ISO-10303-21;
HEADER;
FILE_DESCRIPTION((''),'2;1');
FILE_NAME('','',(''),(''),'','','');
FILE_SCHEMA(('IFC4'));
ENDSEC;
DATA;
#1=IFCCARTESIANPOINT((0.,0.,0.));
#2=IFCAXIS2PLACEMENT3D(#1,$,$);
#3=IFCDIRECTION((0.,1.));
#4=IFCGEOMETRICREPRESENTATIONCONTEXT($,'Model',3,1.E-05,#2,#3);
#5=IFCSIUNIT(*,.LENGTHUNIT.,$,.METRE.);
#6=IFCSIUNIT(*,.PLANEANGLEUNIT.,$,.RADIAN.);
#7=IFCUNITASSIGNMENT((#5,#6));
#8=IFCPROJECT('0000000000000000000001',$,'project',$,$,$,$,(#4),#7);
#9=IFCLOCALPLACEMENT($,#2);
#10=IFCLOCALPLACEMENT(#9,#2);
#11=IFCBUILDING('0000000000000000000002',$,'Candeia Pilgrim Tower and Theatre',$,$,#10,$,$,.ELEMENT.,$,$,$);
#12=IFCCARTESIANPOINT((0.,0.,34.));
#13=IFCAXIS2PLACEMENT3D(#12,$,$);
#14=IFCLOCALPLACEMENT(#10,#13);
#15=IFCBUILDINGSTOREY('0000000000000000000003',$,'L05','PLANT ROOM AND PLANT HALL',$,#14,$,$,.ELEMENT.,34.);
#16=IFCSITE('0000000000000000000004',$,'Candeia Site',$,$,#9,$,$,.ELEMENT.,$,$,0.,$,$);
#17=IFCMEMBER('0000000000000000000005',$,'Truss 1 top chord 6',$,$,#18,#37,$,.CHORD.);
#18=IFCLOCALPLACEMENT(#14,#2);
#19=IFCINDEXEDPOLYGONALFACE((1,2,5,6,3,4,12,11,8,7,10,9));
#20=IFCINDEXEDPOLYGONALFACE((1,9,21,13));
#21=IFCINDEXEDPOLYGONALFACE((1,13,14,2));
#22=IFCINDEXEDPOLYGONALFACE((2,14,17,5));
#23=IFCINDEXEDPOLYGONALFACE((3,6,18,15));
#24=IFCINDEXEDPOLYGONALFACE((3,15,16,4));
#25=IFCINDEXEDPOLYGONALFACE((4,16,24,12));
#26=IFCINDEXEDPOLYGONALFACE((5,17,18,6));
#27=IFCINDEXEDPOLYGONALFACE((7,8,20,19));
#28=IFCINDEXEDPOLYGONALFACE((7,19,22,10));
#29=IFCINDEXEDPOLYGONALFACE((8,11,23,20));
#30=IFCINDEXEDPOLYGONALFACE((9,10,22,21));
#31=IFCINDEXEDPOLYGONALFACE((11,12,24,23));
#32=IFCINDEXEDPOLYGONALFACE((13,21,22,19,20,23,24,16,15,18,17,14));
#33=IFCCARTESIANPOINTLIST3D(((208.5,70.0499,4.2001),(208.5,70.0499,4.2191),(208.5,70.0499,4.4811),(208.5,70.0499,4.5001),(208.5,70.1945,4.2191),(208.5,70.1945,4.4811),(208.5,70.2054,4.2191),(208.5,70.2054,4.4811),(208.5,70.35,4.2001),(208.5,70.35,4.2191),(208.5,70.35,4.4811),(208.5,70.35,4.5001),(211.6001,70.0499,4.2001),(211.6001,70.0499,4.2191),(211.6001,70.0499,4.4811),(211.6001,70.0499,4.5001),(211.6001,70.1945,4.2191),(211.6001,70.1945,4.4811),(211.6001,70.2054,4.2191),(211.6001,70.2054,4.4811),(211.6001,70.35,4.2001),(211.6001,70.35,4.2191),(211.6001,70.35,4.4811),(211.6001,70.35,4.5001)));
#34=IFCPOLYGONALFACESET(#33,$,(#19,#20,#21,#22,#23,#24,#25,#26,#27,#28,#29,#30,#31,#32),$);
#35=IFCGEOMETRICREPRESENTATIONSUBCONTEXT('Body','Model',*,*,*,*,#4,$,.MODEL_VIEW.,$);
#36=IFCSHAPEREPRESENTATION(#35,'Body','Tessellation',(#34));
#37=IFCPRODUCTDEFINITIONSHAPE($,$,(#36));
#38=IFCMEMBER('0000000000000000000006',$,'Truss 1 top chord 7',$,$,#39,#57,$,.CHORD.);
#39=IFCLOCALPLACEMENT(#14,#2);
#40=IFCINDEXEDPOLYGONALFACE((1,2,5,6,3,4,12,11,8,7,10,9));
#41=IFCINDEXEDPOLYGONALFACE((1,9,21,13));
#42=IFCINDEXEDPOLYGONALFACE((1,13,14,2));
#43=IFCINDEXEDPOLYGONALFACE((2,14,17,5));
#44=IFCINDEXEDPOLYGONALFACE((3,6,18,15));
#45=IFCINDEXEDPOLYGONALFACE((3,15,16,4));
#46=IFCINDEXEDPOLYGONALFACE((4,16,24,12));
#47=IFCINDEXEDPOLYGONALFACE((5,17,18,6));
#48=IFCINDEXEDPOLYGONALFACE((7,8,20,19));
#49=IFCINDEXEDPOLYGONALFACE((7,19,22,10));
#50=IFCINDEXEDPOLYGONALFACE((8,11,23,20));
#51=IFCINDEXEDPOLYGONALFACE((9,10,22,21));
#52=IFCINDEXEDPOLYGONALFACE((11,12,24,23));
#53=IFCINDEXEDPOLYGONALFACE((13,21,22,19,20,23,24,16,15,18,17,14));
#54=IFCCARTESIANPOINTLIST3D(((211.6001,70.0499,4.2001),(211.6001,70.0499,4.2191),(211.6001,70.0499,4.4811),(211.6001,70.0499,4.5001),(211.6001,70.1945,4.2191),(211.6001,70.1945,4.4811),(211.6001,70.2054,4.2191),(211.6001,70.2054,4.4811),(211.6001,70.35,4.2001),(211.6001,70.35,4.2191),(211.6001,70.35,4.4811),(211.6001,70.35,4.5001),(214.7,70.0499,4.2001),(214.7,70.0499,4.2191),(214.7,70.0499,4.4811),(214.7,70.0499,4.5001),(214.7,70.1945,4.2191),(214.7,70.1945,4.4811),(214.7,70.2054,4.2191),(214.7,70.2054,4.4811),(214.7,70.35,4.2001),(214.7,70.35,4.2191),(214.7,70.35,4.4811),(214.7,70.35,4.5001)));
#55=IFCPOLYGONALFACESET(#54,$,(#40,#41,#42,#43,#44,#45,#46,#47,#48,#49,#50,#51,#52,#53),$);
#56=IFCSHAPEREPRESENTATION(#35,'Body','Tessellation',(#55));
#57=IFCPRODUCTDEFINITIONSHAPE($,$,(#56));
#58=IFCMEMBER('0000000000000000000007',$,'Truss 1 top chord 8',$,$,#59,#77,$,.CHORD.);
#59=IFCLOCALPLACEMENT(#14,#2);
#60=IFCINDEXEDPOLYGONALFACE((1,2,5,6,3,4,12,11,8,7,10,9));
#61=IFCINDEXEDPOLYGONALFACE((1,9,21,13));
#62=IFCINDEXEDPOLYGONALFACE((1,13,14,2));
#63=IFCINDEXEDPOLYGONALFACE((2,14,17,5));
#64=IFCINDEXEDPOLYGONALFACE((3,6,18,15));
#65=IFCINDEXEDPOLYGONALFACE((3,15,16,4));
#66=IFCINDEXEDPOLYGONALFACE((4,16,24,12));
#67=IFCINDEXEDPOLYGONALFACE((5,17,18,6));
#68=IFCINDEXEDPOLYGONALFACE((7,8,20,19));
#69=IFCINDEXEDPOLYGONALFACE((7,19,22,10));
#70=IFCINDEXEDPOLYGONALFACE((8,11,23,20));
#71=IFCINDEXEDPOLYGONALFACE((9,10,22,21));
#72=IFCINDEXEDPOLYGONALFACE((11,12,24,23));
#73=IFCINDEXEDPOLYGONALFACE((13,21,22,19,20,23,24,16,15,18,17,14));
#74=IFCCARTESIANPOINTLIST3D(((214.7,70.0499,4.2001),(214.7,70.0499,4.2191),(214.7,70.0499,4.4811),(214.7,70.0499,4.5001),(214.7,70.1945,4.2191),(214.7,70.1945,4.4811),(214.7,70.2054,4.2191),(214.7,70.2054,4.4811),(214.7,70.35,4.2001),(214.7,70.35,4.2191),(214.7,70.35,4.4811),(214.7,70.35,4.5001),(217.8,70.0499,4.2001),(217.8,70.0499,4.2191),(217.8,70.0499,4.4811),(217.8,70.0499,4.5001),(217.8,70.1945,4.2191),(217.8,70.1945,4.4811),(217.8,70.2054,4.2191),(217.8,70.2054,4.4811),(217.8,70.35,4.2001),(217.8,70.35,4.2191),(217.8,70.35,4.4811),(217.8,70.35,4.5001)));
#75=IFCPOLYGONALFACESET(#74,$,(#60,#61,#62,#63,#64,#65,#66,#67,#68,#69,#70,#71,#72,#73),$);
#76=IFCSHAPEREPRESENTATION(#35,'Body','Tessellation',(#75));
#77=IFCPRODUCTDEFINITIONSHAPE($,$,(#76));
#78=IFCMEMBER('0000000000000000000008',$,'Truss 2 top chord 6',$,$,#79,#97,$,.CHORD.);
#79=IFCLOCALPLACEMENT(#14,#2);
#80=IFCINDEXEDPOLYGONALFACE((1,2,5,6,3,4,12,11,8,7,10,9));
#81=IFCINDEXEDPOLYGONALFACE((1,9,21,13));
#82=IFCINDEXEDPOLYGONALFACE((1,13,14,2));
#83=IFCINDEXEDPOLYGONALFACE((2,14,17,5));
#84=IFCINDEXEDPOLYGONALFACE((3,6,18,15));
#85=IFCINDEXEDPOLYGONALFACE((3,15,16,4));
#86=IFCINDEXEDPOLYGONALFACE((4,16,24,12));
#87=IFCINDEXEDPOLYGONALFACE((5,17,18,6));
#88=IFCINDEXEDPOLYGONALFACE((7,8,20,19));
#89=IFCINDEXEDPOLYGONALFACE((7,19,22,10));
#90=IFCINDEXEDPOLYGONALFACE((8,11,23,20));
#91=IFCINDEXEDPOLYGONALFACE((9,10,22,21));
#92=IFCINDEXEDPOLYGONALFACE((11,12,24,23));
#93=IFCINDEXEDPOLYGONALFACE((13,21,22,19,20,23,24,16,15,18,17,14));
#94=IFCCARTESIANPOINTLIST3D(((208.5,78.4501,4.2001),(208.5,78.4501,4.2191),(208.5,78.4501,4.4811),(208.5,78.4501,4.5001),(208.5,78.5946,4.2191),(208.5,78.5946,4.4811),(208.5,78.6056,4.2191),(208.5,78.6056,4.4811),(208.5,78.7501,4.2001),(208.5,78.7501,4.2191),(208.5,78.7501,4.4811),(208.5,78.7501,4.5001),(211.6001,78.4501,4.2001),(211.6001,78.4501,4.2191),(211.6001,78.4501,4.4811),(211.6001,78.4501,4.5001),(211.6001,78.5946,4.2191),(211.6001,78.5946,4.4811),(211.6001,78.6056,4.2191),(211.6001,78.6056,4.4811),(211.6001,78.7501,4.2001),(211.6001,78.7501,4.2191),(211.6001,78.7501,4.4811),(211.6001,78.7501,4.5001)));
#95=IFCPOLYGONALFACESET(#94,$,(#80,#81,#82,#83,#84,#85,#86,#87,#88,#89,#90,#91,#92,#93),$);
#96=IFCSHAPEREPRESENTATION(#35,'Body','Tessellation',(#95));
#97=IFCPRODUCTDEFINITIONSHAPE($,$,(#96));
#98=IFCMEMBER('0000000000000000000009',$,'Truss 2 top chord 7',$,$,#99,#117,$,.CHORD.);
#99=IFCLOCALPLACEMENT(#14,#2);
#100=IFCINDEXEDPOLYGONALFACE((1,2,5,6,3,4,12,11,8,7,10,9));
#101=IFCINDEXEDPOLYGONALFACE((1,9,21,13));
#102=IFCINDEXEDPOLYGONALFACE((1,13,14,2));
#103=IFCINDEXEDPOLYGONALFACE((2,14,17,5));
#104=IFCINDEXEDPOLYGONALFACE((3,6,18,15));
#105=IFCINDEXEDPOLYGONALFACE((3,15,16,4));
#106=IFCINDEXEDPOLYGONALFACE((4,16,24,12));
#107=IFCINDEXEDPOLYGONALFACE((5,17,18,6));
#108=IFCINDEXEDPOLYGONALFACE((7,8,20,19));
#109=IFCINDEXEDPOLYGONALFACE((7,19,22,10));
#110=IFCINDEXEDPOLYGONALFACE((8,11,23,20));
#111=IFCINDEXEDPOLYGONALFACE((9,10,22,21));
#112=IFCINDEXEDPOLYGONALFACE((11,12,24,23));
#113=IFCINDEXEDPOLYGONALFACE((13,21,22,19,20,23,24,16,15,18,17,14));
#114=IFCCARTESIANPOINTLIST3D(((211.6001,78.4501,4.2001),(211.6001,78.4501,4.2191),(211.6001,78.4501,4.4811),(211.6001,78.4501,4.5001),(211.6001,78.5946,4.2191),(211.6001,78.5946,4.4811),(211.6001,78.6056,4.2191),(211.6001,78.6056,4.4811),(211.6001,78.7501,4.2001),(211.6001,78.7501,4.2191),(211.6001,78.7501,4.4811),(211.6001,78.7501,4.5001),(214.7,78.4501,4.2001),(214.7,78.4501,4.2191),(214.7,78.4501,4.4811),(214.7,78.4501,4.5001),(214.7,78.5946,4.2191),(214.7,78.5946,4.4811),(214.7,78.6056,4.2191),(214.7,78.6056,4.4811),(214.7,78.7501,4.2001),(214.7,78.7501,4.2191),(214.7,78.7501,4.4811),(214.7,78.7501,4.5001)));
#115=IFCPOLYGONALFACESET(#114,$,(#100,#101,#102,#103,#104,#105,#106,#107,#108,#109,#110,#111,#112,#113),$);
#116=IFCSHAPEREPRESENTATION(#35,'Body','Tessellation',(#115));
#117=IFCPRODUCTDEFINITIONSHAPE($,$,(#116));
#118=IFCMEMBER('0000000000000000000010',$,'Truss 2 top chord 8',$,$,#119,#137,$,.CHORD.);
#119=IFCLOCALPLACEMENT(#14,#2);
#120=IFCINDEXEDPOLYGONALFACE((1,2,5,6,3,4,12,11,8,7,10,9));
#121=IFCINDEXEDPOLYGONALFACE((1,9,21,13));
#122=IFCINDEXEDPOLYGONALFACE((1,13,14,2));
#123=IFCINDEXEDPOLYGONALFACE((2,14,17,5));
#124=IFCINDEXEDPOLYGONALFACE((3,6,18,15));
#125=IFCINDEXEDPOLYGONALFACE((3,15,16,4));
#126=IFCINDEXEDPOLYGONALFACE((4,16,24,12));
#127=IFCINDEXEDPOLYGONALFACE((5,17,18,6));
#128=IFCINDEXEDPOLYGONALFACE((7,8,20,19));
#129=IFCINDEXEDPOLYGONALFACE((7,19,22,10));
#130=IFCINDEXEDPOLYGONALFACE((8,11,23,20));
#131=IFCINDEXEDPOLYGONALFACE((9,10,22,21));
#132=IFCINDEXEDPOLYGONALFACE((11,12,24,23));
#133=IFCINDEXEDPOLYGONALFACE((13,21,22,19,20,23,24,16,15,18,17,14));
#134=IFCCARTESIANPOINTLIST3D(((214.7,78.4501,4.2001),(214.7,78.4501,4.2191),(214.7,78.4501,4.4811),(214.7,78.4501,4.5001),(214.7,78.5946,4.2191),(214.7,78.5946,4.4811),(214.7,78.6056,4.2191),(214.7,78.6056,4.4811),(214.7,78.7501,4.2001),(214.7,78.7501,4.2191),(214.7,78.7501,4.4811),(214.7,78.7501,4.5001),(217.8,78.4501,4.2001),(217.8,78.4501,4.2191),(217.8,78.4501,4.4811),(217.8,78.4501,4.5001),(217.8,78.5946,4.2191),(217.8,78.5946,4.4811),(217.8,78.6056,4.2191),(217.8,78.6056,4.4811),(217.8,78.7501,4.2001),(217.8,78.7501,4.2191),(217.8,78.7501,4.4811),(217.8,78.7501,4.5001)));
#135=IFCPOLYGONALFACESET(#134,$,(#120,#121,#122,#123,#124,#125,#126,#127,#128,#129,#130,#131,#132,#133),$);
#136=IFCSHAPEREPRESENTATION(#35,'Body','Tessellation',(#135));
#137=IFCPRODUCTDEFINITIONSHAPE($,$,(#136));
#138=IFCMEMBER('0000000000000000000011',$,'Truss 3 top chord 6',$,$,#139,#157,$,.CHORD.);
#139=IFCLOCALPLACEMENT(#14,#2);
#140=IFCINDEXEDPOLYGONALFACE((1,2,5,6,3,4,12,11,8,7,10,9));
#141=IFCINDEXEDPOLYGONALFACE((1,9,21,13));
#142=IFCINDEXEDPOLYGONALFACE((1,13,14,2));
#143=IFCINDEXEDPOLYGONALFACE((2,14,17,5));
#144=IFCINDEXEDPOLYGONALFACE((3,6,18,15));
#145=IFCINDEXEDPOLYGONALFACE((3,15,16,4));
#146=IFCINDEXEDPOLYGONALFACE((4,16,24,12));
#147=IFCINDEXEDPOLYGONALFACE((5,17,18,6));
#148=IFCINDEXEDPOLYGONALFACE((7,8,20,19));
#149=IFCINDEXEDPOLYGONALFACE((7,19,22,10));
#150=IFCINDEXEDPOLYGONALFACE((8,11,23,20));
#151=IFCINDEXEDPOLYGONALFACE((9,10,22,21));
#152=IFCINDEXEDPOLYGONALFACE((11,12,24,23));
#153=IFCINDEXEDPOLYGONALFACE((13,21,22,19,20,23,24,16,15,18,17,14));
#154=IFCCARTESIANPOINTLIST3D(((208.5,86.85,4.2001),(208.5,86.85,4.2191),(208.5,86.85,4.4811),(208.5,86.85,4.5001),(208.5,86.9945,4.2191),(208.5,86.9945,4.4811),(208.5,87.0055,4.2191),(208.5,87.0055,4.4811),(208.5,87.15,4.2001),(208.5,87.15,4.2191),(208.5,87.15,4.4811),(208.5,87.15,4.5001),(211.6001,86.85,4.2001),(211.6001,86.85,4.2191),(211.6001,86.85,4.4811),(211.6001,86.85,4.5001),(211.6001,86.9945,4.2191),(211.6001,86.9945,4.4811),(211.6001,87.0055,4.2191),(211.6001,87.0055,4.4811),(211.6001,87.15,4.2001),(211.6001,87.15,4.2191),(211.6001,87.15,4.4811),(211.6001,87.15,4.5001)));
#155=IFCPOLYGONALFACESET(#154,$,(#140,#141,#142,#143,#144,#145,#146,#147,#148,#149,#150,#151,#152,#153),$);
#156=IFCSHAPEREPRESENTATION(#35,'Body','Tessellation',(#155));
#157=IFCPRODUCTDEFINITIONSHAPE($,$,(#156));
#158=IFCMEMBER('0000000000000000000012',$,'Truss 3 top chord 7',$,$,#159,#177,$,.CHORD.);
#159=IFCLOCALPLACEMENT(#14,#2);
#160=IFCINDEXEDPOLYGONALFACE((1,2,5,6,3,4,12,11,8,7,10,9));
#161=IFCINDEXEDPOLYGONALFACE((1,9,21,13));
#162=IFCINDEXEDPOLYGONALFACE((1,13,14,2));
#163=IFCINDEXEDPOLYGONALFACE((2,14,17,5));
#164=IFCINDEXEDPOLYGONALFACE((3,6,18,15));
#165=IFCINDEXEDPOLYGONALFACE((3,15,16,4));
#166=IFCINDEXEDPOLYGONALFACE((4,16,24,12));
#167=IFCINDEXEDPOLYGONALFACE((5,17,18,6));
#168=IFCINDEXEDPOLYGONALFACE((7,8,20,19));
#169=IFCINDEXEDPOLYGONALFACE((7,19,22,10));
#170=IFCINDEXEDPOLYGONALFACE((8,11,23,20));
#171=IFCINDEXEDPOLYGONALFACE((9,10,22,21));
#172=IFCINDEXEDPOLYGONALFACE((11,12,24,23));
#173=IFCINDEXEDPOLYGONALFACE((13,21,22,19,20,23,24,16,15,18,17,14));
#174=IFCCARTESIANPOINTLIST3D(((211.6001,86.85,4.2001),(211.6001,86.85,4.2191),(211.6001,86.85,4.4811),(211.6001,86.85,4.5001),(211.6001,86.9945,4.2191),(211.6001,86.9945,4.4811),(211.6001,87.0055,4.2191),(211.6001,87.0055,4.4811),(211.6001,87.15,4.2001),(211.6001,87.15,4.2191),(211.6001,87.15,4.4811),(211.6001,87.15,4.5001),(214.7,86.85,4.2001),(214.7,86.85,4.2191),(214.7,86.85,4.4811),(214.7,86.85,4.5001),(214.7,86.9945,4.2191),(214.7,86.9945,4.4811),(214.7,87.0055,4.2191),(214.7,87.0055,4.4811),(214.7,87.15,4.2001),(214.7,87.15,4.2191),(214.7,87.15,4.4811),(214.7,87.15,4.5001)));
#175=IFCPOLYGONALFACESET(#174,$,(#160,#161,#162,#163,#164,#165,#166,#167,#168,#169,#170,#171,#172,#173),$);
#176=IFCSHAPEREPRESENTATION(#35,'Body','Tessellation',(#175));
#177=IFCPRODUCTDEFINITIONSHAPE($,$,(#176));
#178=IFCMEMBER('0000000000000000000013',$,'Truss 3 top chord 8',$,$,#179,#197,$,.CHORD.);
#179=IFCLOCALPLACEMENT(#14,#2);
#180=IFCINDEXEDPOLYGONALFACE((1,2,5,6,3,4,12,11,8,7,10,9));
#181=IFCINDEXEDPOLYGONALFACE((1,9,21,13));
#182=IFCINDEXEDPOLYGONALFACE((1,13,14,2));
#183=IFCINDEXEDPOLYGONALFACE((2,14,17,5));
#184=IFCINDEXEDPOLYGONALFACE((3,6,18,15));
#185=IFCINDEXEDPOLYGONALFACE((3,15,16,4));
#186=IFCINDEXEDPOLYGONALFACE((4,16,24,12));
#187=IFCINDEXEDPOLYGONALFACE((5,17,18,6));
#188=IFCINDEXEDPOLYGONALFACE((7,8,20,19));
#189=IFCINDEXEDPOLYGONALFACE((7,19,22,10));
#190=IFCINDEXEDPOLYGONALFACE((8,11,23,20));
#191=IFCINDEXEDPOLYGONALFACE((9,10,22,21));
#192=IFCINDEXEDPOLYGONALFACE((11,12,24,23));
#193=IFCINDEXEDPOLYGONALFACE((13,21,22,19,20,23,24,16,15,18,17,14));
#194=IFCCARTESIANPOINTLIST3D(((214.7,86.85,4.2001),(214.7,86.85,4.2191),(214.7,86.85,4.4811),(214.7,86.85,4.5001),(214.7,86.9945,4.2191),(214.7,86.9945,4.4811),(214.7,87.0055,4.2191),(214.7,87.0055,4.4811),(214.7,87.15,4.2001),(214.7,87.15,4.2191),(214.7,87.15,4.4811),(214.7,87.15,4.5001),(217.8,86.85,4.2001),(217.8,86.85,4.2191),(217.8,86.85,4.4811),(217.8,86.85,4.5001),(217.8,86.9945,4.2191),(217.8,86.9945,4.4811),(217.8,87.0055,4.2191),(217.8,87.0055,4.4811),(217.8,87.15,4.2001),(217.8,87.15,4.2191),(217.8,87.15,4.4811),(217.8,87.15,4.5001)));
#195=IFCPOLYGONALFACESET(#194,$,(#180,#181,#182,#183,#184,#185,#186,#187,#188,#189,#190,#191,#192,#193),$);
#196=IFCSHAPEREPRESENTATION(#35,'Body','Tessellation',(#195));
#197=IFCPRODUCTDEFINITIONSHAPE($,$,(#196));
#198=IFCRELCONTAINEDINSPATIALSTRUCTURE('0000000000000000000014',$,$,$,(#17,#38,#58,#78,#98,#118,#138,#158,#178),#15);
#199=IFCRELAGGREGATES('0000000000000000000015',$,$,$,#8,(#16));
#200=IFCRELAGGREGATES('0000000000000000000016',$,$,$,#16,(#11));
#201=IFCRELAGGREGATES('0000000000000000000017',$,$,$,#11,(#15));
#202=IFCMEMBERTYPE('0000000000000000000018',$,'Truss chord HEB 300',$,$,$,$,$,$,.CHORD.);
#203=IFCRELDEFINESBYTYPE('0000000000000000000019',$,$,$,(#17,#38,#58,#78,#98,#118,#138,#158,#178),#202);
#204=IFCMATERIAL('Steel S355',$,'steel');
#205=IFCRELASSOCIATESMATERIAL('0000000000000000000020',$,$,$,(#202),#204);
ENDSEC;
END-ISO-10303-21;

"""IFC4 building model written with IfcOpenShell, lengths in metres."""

from ifc_helpers import new_model, si_unit, direction, frame, origin, origin_2d, place, context, subcontext, project, spatial, i_section, extrude, material, material_profile, profile_set, type_object, element, save


model = new_model("IFC4")

# Units and contexts
model_context = context("Model", 3, precision=1e-05, world=origin(), true_north=direction((0.0, 1.0)))
body_context = subcontext(model_context, "Body", "Model", "MODEL_VIEW")
ifc_project = project(units=[si_unit("LENGTHUNIT", "METRE"), si_unit("PLANEANGLEUNIT", "RADIAN")], contexts=[model_context])

# Site, building, storey
site_placement = place(None, origin())
site = spatial("IfcSite", under=ifc_project, at=site_placement, Name="Candeia Site", CompositionType="ELEMENT", RefElevation=0.0)
building_placement = place(site_placement, origin())
building = spatial("IfcBuilding", under=site, at=building_placement, Name="Candeia Pilgrim Tower and Theatre", CompositionType="ELEMENT")
storey_placement = place(building_placement, frame((0.0, 0.0, 34.0)))
storey = spatial("IfcBuildingStorey", under=building, at=storey_placement, Name="L05", Description="PLANT ROOM AND PLANT HALL", CompositionType="ELEMENT", Elevation=34.0)

# Members
ifc_material = material(Name="Steel S355", Category="steel")
ifc_material_profile_1 = material_profile(ifc_material, i_section(OverallWidth=0.3, OverallDepth=0.3, WebThickness=0.011, FlangeThickness=0.019, at=origin_2d()))
ifc_profile_set_1 = profile_set([ifc_material_profile_1], Name="Steel S355")
member_type_1 = type_object("IfcMemberType", Name="Truss chord HEB 300", PredefinedType="CHORD", material=ifc_profile_set_1)
member_1_placement = place(storey_placement, frame((208.5, 70.2, 4.3501), z_axis=(1.0, 0.0, 0.0), x_axis=(0.0, 1.0, 0.0)))
element("IfcMember", 1, at=member_1_placement, inside=storey, type_object=member_type_1, Name="Truss 1 top chord 6", PredefinedType="CHORD", context=body_context, shape_type="SweptSolid", body=[
    extrude(i_section(OverallWidth=0.3, OverallDepth=0.3, WebThickness=0.011, FlangeThickness=0.019, at=origin_2d()), origin(), (0.0, 0.0, 1.0), 3.1001),
])
member_2_placement = place(storey_placement, frame((211.6001, 70.2, 4.3501), z_axis=(1.0, 0.0, 0.0), x_axis=(0.0, 1.0, 0.0)))
element("IfcMember", 2, at=member_2_placement, inside=storey, type_object=member_type_1, Name="Truss 1 top chord 7", PredefinedType="CHORD", context=body_context, shape_type="SweptSolid", body=[
    extrude(i_section(OverallWidth=0.3, OverallDepth=0.3, WebThickness=0.011, FlangeThickness=0.019, at=origin_2d()), origin(), (0.0, 0.0, 1.0), 3.0999),
])
for number, where, z_axis, x_axis, name in (
    (3, (214.7, 70.2, 4.3501), (1.0, 0.0, 0.0), (0.0, 1.0, 0.0), "Truss 1 top chord 8"),
    (4, (208.5, 78.6001, 4.3501), (1.0, 0.0, 0.0), (0.0, 1.0, 0.0), "Truss 2 top chord 6"),
):
    element("IfcMember", number, at=place(storey_placement, frame(where, z_axis=z_axis, x_axis=x_axis)), inside=storey, type_object=member_type_1, Name=name, PredefinedType="CHORD", context=body_context, shape_type="SweptSolid", body=[
        extrude(i_section(OverallWidth=0.3, OverallDepth=0.3, WebThickness=0.011, FlangeThickness=0.019, at=origin_2d()), origin(), (0.0, 0.0, 1.0), 3.1001),
    ])
member_3_placement = place(storey_placement, frame((211.6001, 78.6001, 4.3501), z_axis=(1.0, 0.0, 0.0), x_axis=(0.0, 1.0, 0.0)))
element("IfcMember", 5, at=member_3_placement, inside=storey, type_object=member_type_1, Name="Truss 2 top chord 7", PredefinedType="CHORD", context=body_context, shape_type="SweptSolid", body=[
    extrude(i_section(OverallWidth=0.3, OverallDepth=0.3, WebThickness=0.011, FlangeThickness=0.019, at=origin_2d()), origin(), (0.0, 0.0, 1.0), 3.0999),
])
for number, where, z_axis, x_axis, name in (
    (6, (214.7, 78.6001, 4.3501), (1.0, 0.0, 0.0), (0.0, 1.0, 0.0), "Truss 2 top chord 8"),
    (7, (208.5, 87.0, 4.3501), (1.0, 0.0, 0.0), (0.0, 1.0, 0.0), "Truss 3 top chord 6"),
):
    element("IfcMember", number, at=place(storey_placement, frame(where, z_axis=z_axis, x_axis=x_axis)), inside=storey, type_object=member_type_1, Name=name, PredefinedType="CHORD", context=body_context, shape_type="SweptSolid", body=[
        extrude(i_section(OverallWidth=0.3, OverallDepth=0.3, WebThickness=0.011, FlangeThickness=0.019, at=origin_2d()), origin(), (0.0, 0.0, 1.0), 3.1001),
    ])
member_4_placement = place(storey_placement, frame((211.6001, 87.0, 4.3501), z_axis=(1.0, 0.0, 0.0), x_axis=(0.0, 1.0, 0.0)))
element("IfcMember", 8, at=member_4_placement, inside=storey, type_object=member_type_1, Name="Truss 3 top chord 7", PredefinedType="CHORD", context=body_context, shape_type="SweptSolid", body=[
    extrude(i_section(OverallWidth=0.3, OverallDepth=0.3, WebThickness=0.011, FlangeThickness=0.019, at=origin_2d()), origin(), (0.0, 0.0, 1.0), 3.0999),
])
member_5_placement = place(storey_placement, frame((214.7, 87.0, 4.3501), z_axis=(1.0, 0.0, 0.0), x_axis=(0.0, 1.0, 0.0)))
element("IfcMember", 9, at=member_5_placement, inside=storey, type_object=member_type_1, Name="Truss 3 top chord 8", PredefinedType="CHORD", context=body_context, shape_type="SweptSolid", body=[
    extrude(i_section(OverallWidth=0.3, OverallDepth=0.3, WebThickness=0.011, FlangeThickness=0.019, at=origin_2d()), origin(), (0.0, 0.0, 1.0), 3.1001),
])

save(model, "model.ifc")
